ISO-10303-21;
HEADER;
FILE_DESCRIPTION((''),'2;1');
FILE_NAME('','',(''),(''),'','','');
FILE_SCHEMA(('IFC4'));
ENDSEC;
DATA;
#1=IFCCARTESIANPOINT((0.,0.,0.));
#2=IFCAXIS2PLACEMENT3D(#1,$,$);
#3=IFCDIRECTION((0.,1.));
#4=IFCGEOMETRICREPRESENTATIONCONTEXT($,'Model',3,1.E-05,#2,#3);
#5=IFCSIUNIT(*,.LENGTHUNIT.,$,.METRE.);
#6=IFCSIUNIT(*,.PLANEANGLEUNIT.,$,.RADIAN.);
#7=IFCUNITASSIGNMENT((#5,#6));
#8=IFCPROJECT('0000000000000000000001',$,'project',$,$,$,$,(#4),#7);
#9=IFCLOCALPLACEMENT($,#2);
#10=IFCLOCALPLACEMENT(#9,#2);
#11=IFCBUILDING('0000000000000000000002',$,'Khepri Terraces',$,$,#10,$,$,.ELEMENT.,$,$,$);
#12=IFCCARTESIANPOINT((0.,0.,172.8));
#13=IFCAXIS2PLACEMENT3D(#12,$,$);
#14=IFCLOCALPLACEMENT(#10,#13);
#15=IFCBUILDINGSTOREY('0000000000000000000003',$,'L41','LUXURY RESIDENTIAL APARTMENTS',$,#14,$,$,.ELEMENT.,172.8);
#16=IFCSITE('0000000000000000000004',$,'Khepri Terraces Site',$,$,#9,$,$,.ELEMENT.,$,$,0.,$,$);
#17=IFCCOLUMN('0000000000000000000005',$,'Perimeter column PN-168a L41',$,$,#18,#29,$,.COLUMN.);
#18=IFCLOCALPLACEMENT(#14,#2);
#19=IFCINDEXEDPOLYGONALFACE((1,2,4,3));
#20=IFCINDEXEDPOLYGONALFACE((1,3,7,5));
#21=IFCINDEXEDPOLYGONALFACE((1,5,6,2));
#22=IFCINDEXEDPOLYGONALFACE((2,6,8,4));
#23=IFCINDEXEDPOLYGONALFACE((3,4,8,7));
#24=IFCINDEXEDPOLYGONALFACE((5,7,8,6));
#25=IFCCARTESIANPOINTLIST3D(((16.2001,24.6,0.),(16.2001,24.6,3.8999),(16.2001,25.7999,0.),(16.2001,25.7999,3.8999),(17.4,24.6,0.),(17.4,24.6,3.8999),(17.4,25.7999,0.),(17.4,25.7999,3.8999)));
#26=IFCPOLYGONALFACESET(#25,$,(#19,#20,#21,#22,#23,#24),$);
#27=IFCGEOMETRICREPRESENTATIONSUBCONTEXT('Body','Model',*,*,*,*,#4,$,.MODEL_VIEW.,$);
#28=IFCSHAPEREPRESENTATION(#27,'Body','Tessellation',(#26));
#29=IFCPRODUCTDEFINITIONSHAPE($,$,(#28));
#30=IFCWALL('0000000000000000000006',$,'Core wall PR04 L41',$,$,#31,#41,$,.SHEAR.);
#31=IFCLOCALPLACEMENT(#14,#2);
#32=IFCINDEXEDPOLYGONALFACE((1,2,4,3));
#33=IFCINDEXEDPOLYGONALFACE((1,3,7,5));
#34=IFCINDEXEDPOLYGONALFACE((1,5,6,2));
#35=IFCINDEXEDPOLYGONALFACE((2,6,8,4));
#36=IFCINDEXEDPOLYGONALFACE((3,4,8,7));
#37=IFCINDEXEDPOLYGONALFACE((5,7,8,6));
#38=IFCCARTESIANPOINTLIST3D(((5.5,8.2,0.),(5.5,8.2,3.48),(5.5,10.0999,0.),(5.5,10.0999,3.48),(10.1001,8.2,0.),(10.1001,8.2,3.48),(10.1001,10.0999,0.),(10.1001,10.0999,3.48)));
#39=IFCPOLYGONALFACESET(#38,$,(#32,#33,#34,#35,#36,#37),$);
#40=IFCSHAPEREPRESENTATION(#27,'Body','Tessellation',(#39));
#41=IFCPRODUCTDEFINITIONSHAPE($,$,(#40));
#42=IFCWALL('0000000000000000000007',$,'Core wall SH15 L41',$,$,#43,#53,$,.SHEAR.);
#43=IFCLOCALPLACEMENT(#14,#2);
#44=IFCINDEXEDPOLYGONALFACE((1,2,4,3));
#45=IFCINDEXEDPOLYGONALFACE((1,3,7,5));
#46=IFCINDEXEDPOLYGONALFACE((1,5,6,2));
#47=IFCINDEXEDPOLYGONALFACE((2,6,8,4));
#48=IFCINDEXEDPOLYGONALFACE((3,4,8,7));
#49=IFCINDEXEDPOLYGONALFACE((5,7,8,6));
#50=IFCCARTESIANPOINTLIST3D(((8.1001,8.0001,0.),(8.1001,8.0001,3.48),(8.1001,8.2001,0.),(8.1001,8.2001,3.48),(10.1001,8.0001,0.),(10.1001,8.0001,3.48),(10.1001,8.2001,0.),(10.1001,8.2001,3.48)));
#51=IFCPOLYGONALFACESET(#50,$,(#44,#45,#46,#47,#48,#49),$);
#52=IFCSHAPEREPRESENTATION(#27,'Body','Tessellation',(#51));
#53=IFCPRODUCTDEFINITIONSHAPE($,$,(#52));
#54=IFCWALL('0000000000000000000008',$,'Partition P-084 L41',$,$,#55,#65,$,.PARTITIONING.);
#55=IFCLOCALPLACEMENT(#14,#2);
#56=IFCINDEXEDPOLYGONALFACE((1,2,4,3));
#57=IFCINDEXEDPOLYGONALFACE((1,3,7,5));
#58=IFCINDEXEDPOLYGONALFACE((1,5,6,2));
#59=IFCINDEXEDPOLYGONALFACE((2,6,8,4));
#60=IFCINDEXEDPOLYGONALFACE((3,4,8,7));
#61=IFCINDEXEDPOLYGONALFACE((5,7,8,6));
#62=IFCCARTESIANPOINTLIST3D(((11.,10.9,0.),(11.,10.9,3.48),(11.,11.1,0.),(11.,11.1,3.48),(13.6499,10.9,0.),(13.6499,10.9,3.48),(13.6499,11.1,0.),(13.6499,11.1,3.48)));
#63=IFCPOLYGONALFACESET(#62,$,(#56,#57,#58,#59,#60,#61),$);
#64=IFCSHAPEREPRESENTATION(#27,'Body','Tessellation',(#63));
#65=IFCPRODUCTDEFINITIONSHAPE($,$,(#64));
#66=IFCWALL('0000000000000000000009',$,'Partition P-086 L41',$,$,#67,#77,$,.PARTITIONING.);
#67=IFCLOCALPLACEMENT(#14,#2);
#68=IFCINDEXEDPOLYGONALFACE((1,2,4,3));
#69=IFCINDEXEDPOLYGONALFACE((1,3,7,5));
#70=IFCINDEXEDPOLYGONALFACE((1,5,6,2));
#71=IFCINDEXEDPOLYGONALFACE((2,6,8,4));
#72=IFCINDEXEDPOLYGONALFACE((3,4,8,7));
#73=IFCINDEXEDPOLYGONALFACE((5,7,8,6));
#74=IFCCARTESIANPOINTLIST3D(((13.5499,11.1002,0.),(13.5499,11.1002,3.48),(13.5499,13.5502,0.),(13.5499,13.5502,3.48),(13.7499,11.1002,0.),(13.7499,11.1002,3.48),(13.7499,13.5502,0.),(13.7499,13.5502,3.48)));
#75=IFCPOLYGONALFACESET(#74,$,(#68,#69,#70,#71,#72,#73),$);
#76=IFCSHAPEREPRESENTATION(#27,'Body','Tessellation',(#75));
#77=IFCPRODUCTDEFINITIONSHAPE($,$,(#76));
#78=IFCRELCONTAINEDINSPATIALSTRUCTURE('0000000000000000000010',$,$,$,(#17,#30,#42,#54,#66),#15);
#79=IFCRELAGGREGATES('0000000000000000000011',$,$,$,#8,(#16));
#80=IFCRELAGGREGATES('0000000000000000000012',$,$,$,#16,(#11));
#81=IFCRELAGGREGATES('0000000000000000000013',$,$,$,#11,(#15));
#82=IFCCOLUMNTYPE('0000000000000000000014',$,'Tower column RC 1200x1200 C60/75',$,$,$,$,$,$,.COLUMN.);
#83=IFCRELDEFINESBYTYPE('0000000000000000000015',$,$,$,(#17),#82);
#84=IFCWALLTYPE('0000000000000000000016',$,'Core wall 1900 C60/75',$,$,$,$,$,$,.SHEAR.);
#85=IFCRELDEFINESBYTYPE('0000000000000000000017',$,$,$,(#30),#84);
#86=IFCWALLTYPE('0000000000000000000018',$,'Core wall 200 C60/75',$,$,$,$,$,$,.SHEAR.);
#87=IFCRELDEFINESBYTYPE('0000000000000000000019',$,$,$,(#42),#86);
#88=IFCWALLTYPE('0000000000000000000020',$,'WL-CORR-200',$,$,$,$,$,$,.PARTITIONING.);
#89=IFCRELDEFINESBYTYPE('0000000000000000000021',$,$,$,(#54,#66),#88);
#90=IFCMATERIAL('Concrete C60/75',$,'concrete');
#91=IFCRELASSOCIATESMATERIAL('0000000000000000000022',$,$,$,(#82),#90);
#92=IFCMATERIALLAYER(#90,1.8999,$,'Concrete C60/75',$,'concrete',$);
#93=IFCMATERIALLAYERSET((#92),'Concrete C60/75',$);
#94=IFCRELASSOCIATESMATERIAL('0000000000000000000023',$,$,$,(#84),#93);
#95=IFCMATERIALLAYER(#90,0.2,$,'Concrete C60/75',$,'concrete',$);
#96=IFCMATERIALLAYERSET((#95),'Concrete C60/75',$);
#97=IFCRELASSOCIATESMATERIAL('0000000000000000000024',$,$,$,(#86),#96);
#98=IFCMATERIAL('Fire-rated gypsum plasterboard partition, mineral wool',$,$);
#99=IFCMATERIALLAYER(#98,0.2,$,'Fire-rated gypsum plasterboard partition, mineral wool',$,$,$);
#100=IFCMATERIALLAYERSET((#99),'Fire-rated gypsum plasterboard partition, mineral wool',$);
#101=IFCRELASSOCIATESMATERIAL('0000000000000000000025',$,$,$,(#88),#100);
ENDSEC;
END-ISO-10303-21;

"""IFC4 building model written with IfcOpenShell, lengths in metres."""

from ifc_helpers import new_model, si_unit, direction, frame, frame_2d, origin, origin_2d, place, context, subcontext, project, spatial, rectangle, extrude, material, layer, layer_set, material_profile, profile_set, type_object, element, save


model = new_model("IFC4")

# Units and contexts
model_context = context("Model", 3, precision=1e-05, world=origin(), true_north=direction((0.0, 1.0)))
body_context = subcontext(model_context, "Body", "Model", "MODEL_VIEW")
ifc_project = project(units=[si_unit("LENGTHUNIT", "METRE"), si_unit("PLANEANGLEUNIT", "RADIAN")], contexts=[model_context])

# Site, building, storey
site_placement = place(None, origin())
site = spatial("IfcSite", under=ifc_project, at=site_placement, Name="Khepri Terraces Site", CompositionType="ELEMENT", RefElevation=0.0)
building_placement = place(site_placement, origin())
building = spatial("IfcBuilding", under=site, at=building_placement, Name="Khepri Terraces", CompositionType="ELEMENT")
storey_placement = place(building_placement, frame((0.0, 0.0, 172.8)))
storey = spatial("IfcBuildingStorey", under=building, at=storey_placement, Name="L41", Description="LUXURY RESIDENTIAL APARTMENTS", CompositionType="ELEMENT", Elevation=172.8)

# Column
ifc_material_1 = material(Name="Concrete C60/75", Category="concrete")
ifc_material_profile = material_profile(ifc_material_1, rectangle(XDim=1.2, YDim=1.2, at=origin_2d()), Name="Concrete C60/75", Category="concrete")
ifc_profile_set = profile_set([ifc_material_profile], Name="Concrete C60/75")
column_type = type_object("IfcColumnType", Name="Tower column RC 1200x1200 C60/75", PredefinedType="COLUMN", material=ifc_profile_set)
column_placement = place(storey_placement, frame((16.8, 25.2, 0.0), z_axis=(0.0, 0.0, 1.0), x_axis=(1.0, 0.0, 0.0)))
element("IfcColumn", 1, at=column_placement, inside=storey, type_object=column_type, Name="Perimeter column PN-168a L41", PredefinedType="COLUMN", context=body_context, shape_type="SweptSolid", body=[
    extrude(rectangle(XDim=1.2, YDim=1.2, at=origin_2d()), origin(), (0.0, 0.0, 1.0), 3.8999),
])

# Walls
ifc_layer_1 = layer(ifc_material_1, 1.8999, Name="Concrete C60/75", Category="concrete")
ifc_layer_set_1 = layer_set([ifc_layer_1], Name="Concrete C60/75")
wall_type_1 = type_object("IfcWallType", Name="Core wall 1900 C60/75", PredefinedType="SHEAR", material=ifc_layer_set_1)
wall_1_placement = place(storey_placement, frame((5.5, 9.1499, 0.0), z_axis=(0.0, 0.0, 1.0), x_axis=(1.0, 0.0, 0.0)))
element("IfcWall", 2, at=wall_1_placement, inside=storey, type_object=wall_type_1, Name="Core wall PR04 L41", PredefinedType="SHEAR", context=body_context, shape_type="SweptSolid", body=[
    extrude(rectangle(XDim=4.6001, YDim=1.8999, at=frame_2d((2.3, 0.0))), origin(), (0.0, 0.0, 1.0), 3.48),
])
ifc_layer_2 = layer(ifc_material_1, 0.2, Name="Concrete C60/75", Category="concrete")
ifc_layer_set_2 = layer_set([ifc_layer_2], Name="Concrete C60/75")
wall_type_2 = type_object("IfcWallType", Name="Core wall 200 C60/75", PredefinedType="SHEAR", material=ifc_layer_set_2)
wall_2_placement = place(storey_placement, frame((8.1001, 8.1001, 0.0), z_axis=(0.0, 0.0, 1.0), x_axis=(1.0, 0.0, 0.0)))
element("IfcWall", 3, at=wall_2_placement, inside=storey, type_object=wall_type_2, Name="Core wall SH15 L41", PredefinedType="SHEAR", context=body_context, shape_type="SweptSolid", body=[
    extrude(rectangle(XDim=2.0, YDim=0.2, at=frame_2d((1.0, 0.0))), origin(), (0.0, 0.0, 1.0), 3.48),
])
ifc_material_2 = material(Name="Fire-rated gypsum plasterboard partition, mineral wool")
ifc_layer_3 = layer(ifc_material_2, 0.2, Name="Fire-rated gypsum plasterboard partition, mineral wool")
ifc_layer_set_3 = layer_set([ifc_layer_3], Name="Fire-rated gypsum plasterboard partition, mineral wool")
wall_type_3 = type_object("IfcWallType", Name="WL-CORR-200", PredefinedType="PARTITIONING", material=ifc_layer_set_3)
wall_3_placement = place(storey_placement, frame((11.0, 11.0, 0.0), z_axis=(0.0, 0.0, 1.0), x_axis=(1.0, 0.0, 0.0)))
element("IfcWall", 4, at=wall_3_placement, inside=storey, type_object=wall_type_3, Name="Partition P-084 L41", PredefinedType="PARTITIONING", context=body_context, shape_type="SweptSolid", body=[
    extrude(rectangle(XDim=2.6499, YDim=0.2, at=frame_2d((1.325, 0.0))), origin(), (0.0, 0.0, 1.0), 3.48),
])
wall_4_placement = place(storey_placement, frame((13.6499, 11.1001, 0.0), z_axis=(0.0, 0.0, 1.0), x_axis=(0.0, 1.0, 0.0)))
element("IfcWall", 5, at=wall_4_placement, inside=storey, type_object=wall_type_3, Name="Partition P-086 L41", PredefinedType="PARTITIONING", context=body_context, shape_type="SweptSolid", body=[
    extrude(rectangle(XDim=2.45, YDim=0.2, at=frame_2d((1.2251, 0.0))), origin(), (0.0, 0.0, 1.0), 3.48),
])

save(model, "model.ifc")
